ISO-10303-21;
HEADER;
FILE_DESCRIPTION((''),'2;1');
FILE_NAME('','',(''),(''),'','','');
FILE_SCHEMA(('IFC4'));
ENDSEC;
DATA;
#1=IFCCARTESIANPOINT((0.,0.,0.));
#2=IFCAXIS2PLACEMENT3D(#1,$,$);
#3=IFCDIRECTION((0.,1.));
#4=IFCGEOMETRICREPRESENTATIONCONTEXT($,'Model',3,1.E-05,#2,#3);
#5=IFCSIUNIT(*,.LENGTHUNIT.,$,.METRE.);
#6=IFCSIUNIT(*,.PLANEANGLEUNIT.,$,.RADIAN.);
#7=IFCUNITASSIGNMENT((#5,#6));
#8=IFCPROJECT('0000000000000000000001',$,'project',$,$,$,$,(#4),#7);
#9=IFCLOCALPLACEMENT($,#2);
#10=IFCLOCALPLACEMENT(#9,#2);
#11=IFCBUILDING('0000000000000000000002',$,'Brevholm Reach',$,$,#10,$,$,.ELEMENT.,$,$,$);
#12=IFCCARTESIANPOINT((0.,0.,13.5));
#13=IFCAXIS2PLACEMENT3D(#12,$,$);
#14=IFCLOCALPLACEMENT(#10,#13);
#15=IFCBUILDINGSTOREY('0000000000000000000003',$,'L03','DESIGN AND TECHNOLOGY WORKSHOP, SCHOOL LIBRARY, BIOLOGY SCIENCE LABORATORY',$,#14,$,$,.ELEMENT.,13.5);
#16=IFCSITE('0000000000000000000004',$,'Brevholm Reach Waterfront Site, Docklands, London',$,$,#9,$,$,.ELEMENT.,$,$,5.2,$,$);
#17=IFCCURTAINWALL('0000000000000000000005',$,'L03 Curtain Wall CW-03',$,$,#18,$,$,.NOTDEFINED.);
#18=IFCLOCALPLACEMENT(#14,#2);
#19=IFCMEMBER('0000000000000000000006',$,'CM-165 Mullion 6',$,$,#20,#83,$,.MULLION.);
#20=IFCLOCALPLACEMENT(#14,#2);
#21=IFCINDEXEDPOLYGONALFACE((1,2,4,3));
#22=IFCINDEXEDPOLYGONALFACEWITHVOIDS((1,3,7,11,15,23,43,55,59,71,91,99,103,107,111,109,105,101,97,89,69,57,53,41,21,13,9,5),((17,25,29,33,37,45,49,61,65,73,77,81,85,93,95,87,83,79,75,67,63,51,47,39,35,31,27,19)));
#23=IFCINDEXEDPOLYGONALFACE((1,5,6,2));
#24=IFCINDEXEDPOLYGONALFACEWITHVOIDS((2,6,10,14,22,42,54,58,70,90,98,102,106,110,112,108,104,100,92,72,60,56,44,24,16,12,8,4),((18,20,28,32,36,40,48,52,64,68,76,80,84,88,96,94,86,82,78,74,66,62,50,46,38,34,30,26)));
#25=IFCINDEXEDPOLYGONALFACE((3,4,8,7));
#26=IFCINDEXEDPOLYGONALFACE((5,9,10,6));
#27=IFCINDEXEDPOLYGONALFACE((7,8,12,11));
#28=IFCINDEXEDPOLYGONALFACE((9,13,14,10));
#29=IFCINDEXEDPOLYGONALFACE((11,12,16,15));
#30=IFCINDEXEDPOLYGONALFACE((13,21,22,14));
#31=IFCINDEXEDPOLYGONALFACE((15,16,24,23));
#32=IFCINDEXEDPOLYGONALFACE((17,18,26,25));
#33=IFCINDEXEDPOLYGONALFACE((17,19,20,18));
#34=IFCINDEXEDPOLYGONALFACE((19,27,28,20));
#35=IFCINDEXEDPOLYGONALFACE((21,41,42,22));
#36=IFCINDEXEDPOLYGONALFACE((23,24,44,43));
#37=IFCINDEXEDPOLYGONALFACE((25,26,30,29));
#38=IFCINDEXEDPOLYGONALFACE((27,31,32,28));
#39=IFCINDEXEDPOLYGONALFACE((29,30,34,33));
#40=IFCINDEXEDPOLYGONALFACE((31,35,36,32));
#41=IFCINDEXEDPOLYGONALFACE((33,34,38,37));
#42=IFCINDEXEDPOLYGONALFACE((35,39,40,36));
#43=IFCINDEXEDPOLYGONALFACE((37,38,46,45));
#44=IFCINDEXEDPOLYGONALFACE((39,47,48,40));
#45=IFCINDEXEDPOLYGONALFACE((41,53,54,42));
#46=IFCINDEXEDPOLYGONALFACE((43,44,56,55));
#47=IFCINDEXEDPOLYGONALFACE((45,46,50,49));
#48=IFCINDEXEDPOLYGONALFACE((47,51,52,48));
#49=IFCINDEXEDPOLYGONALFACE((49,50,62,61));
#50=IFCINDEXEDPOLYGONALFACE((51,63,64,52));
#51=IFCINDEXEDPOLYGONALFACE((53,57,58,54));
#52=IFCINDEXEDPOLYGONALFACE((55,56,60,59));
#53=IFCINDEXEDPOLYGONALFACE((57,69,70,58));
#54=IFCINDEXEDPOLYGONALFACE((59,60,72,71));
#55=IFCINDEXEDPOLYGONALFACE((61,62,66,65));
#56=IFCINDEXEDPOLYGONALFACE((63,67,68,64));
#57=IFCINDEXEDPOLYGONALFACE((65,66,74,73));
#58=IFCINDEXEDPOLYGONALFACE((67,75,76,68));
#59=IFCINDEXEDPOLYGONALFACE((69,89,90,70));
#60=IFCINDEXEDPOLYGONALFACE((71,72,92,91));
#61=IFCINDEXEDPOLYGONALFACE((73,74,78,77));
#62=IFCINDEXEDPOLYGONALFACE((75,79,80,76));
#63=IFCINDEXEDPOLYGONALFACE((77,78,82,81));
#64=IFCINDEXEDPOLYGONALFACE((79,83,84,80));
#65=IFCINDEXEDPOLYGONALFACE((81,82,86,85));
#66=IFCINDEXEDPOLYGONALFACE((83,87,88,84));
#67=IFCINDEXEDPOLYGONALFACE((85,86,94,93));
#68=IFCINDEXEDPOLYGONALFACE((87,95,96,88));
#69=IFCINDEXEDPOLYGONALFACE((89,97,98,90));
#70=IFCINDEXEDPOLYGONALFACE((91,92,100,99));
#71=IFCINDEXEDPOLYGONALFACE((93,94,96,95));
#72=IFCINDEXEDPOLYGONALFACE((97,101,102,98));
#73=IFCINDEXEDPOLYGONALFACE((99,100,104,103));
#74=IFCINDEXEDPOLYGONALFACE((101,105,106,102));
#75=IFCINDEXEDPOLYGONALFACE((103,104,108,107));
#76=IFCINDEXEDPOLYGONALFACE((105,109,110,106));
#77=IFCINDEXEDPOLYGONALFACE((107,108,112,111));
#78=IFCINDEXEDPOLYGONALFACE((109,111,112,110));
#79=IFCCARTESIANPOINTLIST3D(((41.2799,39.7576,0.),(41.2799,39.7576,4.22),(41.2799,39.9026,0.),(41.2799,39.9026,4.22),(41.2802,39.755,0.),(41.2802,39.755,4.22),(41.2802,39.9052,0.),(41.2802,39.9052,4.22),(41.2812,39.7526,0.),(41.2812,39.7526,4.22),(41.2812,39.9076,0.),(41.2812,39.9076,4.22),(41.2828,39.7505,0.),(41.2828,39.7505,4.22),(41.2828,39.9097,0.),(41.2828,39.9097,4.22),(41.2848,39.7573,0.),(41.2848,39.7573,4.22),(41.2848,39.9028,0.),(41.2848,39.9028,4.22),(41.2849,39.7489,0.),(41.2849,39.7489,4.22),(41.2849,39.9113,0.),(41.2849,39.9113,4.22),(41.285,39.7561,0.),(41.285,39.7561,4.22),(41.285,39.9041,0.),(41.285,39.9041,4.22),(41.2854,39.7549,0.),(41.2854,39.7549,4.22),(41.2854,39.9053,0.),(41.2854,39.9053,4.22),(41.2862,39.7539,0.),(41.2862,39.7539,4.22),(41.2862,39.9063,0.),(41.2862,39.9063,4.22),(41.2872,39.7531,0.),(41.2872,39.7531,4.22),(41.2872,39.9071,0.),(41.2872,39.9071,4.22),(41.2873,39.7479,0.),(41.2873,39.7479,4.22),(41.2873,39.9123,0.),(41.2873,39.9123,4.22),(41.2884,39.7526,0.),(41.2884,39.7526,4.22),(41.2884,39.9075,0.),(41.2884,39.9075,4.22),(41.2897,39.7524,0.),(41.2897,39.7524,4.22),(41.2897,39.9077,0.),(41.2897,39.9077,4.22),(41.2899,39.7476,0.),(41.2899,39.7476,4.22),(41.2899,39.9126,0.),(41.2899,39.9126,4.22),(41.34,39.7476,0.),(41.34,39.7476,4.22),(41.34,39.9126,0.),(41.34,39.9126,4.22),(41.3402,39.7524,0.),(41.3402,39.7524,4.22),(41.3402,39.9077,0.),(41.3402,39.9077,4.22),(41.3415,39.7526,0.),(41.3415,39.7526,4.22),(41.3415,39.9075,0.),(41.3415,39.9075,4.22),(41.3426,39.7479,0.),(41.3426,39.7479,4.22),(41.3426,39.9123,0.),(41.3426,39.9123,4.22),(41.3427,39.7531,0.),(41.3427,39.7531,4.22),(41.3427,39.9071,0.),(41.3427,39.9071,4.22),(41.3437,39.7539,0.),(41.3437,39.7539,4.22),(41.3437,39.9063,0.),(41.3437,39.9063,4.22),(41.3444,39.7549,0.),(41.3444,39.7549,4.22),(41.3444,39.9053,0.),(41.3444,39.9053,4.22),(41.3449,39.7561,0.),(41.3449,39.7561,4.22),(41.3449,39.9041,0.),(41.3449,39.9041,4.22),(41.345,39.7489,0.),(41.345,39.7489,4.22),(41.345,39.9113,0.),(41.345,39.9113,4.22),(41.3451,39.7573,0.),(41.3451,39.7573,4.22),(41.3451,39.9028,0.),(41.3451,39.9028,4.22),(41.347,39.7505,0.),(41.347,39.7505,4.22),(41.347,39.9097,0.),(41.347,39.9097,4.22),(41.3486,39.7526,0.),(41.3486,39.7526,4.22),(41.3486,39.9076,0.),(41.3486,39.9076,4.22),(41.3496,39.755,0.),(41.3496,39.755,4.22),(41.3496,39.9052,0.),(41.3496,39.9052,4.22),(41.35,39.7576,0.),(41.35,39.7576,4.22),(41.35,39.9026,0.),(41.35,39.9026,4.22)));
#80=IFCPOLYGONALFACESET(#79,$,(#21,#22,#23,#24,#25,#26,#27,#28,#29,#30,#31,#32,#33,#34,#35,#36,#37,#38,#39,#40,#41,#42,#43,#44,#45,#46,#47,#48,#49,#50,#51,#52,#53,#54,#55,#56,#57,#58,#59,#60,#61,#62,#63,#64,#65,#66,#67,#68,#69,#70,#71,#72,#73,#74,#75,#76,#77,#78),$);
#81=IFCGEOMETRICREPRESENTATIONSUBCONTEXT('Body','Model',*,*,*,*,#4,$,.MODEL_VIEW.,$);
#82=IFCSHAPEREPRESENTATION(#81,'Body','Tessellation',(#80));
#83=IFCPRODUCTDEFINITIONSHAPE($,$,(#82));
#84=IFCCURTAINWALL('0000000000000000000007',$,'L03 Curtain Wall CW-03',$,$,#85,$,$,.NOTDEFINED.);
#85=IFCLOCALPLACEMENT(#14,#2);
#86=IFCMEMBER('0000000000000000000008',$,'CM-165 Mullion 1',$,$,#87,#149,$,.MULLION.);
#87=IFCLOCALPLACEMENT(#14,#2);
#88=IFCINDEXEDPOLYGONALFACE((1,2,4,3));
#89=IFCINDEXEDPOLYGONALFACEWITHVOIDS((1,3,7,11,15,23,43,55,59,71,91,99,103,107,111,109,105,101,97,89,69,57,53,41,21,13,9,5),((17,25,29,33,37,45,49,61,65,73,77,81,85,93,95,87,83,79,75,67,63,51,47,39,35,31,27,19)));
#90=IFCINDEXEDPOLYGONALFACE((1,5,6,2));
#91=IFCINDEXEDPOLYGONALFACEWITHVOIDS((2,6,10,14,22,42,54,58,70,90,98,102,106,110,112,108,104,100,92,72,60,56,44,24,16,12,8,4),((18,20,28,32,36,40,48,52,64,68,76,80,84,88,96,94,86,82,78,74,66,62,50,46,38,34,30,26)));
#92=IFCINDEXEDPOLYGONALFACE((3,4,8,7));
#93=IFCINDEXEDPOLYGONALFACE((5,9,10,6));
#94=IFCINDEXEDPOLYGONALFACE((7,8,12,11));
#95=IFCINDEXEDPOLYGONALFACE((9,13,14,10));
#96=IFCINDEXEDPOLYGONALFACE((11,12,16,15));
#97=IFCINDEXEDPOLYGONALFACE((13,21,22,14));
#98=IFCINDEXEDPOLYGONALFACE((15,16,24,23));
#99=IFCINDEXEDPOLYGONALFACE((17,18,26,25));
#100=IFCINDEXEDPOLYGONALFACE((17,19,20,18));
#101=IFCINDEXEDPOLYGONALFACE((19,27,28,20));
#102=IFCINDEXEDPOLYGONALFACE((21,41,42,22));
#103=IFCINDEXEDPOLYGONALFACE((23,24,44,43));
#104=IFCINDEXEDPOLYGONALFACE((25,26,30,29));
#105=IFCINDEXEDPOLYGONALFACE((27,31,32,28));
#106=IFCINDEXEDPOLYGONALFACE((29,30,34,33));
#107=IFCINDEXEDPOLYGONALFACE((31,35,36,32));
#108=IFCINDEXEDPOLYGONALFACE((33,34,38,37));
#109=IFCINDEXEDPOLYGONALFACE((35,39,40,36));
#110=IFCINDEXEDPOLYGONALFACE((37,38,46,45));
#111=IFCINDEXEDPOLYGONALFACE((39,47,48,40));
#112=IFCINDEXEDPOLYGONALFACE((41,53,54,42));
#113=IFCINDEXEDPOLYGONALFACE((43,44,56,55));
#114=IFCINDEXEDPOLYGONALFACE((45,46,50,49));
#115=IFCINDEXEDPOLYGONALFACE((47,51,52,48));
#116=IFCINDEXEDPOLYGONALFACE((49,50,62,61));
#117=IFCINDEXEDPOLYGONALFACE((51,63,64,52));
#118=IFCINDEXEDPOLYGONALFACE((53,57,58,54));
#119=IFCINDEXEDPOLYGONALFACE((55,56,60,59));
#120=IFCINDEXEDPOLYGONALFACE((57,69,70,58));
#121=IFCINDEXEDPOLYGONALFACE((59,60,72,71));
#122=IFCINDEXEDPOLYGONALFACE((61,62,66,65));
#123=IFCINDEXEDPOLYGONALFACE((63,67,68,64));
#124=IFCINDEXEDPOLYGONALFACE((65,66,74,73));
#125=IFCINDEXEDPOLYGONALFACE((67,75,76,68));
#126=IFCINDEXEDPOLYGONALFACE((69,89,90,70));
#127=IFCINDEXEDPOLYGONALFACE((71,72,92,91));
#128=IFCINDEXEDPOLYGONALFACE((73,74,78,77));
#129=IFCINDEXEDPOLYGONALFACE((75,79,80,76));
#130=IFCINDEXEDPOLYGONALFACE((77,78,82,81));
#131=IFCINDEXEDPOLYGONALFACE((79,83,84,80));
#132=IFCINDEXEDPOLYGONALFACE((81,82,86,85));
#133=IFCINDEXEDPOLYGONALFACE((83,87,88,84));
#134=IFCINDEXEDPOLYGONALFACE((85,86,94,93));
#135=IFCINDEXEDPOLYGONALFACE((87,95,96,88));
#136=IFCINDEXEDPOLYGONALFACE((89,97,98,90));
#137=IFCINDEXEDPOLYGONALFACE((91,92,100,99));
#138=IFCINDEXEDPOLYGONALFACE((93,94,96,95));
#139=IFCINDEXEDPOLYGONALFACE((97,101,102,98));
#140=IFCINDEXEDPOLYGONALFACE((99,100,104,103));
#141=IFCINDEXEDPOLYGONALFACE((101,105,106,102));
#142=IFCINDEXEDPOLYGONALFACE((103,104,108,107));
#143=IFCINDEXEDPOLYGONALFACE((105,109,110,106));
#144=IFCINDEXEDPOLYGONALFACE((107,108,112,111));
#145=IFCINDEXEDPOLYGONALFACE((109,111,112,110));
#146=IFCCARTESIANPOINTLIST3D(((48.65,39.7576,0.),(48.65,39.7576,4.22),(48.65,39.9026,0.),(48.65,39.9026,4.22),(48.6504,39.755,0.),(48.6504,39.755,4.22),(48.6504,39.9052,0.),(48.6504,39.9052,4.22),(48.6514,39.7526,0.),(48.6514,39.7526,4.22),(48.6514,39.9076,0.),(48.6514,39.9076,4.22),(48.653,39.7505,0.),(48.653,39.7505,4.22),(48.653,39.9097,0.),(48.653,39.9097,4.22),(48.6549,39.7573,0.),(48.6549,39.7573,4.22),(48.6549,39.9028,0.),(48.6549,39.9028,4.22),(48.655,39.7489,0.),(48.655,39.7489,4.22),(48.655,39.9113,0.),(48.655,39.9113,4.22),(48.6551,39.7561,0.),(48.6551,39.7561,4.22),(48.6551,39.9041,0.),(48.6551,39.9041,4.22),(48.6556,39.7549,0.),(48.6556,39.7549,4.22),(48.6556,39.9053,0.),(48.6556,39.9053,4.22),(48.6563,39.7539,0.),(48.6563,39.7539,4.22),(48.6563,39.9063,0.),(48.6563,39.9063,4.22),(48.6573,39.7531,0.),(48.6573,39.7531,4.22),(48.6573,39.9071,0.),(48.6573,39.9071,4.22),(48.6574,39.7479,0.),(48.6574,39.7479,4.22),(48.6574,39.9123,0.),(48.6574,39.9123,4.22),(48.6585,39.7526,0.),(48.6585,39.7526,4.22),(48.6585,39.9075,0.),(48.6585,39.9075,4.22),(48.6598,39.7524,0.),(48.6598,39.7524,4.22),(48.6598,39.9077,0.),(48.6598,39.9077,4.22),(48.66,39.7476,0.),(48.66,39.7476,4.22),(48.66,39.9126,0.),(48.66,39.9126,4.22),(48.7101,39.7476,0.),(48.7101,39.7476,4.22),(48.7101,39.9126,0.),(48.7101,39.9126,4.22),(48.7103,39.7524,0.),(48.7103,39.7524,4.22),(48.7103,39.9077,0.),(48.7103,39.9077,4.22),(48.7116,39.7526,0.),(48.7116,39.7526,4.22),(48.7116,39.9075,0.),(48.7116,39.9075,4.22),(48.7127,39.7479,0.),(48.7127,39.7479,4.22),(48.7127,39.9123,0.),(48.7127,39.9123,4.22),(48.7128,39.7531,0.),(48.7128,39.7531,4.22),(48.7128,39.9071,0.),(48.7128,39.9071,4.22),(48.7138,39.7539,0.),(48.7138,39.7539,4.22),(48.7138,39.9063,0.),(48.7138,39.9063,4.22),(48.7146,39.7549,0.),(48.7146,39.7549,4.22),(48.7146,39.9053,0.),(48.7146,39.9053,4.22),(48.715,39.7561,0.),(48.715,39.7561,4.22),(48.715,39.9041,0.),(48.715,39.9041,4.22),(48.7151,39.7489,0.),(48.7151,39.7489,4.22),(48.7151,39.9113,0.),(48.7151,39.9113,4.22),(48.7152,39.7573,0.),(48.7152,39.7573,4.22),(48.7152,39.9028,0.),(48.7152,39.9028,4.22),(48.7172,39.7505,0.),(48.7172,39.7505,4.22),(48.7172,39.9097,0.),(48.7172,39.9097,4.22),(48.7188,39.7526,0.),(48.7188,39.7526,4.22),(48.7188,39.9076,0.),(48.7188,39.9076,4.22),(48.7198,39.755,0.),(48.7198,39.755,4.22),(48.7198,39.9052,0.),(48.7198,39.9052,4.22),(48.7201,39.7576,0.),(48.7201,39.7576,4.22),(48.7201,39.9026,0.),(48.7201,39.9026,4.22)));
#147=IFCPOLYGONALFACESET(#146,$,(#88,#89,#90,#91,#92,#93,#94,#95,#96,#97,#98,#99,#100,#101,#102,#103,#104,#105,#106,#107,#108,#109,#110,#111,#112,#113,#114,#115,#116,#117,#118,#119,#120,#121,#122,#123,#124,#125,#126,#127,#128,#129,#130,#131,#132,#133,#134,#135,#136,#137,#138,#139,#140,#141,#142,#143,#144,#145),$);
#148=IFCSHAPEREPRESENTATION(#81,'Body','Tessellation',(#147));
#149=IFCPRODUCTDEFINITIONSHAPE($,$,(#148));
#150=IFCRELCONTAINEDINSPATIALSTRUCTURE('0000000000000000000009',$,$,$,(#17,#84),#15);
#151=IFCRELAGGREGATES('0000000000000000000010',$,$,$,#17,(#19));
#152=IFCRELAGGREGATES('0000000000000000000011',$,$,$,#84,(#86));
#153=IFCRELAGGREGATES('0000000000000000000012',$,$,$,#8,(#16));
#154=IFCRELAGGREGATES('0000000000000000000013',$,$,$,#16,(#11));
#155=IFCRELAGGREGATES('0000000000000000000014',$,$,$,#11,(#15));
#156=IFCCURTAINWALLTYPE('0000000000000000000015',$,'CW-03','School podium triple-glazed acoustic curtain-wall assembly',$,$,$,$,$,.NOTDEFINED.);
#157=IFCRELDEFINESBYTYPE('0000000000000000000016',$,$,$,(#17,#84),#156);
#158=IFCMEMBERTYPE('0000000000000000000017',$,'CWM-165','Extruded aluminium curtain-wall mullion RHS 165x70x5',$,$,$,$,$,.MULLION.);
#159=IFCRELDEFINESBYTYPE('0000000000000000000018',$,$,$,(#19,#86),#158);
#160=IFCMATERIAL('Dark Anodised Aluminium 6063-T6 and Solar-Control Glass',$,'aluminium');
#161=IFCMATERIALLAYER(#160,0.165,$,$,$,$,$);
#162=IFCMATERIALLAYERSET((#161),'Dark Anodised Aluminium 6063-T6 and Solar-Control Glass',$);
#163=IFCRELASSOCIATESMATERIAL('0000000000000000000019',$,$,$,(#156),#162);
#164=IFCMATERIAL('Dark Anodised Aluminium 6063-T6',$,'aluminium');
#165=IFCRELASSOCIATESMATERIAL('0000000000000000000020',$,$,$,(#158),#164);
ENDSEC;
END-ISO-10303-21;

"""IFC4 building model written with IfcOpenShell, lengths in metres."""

from ifc_helpers import new_model, si_unit, direction, frame, origin, origin_2d, place, context, subcontext, project, spatial, hollow_rectangle, extrude, material, layer, layer_set, material_profile, profile_set, type_object, element, aggregate, save


model = new_model("IFC4")

# Units and contexts
model_context = context("Model", 3, precision=1e-05, world=origin(), true_north=direction((0.0, 1.0)))
body_context = subcontext(model_context, "Body", "Model", "MODEL_VIEW")
ifc_project = project(units=[si_unit("LENGTHUNIT", "METRE"), si_unit("PLANEANGLEUNIT", "RADIAN")], contexts=[model_context])

# Site, building, storey
site_placement = place(None, origin())
site = spatial("IfcSite", under=ifc_project, at=site_placement, Name="Brevholm Reach Waterfront Site, Docklands, London", CompositionType="ELEMENT", RefElevation=5.2)
building_placement = place(site_placement, origin())
building = spatial("IfcBuilding", under=site, at=building_placement, Name="Brevholm Reach", CompositionType="ELEMENT")
storey_placement = place(building_placement, frame((0.0, 0.0, 13.5)))
storey = spatial("IfcBuildingStorey", under=building, at=storey_placement, Name="L03", Description="DESIGN AND TECHNOLOGY WORKSHOP, SCHOOL LIBRARY, BIOLOGY SCIENCE LABORATORY", CompositionType="ELEMENT", Elevation=13.5)

# Curtain wall, member
ifc_material_1 = material(Name="Dark Anodised Aluminium 6063-T6 and Solar-Control Glass", Category="aluminium")
ifc_layer_1 = layer(ifc_material_1, 0.165)
ifc_layer_set_1 = layer_set([ifc_layer_1], Name="Dark Anodised Aluminium 6063-T6 and Solar-Control Glass")
curtain_wall_type = type_object("IfcCurtainWallType", Name="CW-03", Description="School podium triple-glazed acoustic curtain-wall assembly", PredefinedType="NOTDEFINED", material=ifc_layer_set_1)
curtain_wall_1_placement = place(storey_placement, origin())
curtain_wall_1 = element("IfcCurtainWall", 1, at=curtain_wall_1_placement, inside=storey, type_object=curtain_wall_type, Name="L03 Curtain Wall CW-03", PredefinedType="NOTDEFINED")
ifc_material_2 = material(Name="Dark Anodised Aluminium 6063-T6", Category="aluminium")
ifc_material_profile_1 = material_profile(ifc_material_2, hollow_rectangle(XDim=0.0701, YDim=0.165, WallThickness=0.0049, InnerFilletRadius=0.0049, OuterFilletRadius=0.01, at=origin_2d()), Name="RHS 165x70x5")
ifc_profile_set_1 = profile_set([ifc_material_profile_1], Name="Dark Anodised Aluminium 6063-T6")
member_type_1 = type_object("IfcMemberType", Name="CWM-165", Description="Extruded aluminium curtain-wall mullion RHS 165x70x5", PredefinedType="MULLION", material=ifc_profile_set_1)
member_1_placement = place(storey_placement, frame((41.3149, 39.8301, 0.0), z_axis=(0.0, 0.0, 1.0), x_axis=(1.0, 0.0, 0.0)))
member_1 = element("IfcMember", 2, at=member_1_placement, type_object=member_type_1, Name="CM-165 Mullion 6", PredefinedType="MULLION", context=body_context, shape_type="SweptSolid", body=[
    extrude(hollow_rectangle(XDim=0.0701, YDim=0.165, WallThickness=0.0049, InnerFilletRadius=0.0049, OuterFilletRadius=0.01, at=origin_2d()), origin(), (0.0, 0.0, 1.0), 4.22),
])

# Curtain wall, member
curtain_wall_2_placement = place(storey_placement, origin())
curtain_wall_2 = element("IfcCurtainWall", 3, at=curtain_wall_2_placement, inside=storey, type_object=curtain_wall_type, Name="L03 Curtain Wall CW-03", PredefinedType="NOTDEFINED")
member_2_placement = place(storey_placement, frame((48.6851, 39.8301, 0.0), z_axis=(0.0, 0.0, 1.0), x_axis=(1.0, 0.0, 0.0)))
member_2 = element("IfcMember", 4, at=member_2_placement, type_object=member_type_1, Name="CM-165 Mullion 1", PredefinedType="MULLION", context=body_context, shape_type="SweptSolid", body=[
    extrude(hollow_rectangle(XDim=0.0701, YDim=0.165, WallThickness=0.0049, InnerFilletRadius=0.0049, OuterFilletRadius=0.01, at=origin_2d()), origin(), (0.0, 0.0, 1.0), 4.22),
])

aggregate(curtain_wall_1, [member_1])
aggregate(curtain_wall_2, [member_2])

save(model, "model.ifc")
